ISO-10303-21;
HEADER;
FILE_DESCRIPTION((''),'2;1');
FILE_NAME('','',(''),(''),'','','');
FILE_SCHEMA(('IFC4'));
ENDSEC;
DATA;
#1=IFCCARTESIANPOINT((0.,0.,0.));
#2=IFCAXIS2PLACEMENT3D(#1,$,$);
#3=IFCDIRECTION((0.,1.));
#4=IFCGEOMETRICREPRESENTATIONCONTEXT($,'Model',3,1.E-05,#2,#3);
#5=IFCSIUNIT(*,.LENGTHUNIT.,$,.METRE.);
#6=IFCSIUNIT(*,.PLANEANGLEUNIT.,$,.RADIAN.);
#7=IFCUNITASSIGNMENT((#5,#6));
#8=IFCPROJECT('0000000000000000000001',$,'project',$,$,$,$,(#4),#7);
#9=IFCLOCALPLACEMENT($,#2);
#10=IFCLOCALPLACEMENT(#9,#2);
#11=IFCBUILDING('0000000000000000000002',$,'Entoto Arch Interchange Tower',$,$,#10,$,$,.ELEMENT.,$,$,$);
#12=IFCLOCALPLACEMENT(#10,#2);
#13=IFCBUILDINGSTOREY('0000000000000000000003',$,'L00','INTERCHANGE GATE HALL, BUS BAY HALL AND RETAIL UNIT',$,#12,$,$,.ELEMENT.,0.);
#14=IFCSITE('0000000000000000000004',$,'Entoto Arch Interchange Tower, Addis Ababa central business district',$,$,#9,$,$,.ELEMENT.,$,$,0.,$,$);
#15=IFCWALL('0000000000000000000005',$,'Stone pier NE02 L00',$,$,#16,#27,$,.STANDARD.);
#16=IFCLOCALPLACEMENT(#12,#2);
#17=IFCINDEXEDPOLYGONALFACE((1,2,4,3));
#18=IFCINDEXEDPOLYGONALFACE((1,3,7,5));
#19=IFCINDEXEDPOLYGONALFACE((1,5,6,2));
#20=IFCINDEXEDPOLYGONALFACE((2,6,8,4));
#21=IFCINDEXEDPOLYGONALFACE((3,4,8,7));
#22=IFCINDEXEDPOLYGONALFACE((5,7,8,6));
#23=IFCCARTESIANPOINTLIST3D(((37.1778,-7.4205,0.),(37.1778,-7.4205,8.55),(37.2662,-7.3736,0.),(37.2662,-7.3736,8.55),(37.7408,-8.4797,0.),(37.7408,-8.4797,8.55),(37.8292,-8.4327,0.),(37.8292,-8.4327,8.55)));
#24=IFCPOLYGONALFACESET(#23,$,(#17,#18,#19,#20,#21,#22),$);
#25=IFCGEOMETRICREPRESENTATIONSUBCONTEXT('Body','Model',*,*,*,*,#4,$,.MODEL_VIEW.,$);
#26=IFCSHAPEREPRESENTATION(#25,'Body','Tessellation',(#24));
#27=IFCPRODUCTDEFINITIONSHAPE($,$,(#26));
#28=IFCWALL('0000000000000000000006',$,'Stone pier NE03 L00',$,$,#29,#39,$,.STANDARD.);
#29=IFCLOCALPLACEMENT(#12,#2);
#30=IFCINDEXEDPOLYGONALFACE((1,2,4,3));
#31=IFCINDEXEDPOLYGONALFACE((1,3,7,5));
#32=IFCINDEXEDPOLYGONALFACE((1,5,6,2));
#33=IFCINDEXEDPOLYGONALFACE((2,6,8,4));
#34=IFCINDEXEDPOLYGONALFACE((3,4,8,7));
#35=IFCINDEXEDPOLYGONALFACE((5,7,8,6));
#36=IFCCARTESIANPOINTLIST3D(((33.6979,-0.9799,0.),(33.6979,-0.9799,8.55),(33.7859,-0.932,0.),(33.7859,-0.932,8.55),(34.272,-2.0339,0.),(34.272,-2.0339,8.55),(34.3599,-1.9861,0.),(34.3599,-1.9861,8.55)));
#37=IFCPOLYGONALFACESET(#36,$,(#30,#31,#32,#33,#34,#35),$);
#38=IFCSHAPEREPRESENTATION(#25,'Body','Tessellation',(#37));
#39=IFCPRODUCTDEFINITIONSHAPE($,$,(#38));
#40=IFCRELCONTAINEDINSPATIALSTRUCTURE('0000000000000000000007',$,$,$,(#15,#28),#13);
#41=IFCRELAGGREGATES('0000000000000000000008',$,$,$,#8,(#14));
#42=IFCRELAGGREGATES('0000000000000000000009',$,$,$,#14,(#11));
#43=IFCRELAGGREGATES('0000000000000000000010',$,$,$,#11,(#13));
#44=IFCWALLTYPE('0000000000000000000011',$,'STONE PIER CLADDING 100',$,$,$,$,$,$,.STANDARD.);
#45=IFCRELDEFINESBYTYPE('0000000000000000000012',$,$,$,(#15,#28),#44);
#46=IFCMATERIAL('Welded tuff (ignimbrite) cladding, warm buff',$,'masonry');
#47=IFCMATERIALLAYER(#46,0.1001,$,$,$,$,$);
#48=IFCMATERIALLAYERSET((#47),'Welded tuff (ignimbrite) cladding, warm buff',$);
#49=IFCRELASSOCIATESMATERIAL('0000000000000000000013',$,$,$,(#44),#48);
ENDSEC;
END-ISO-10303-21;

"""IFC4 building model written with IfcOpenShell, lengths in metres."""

from ifc_helpers import new_model, si_unit, direction, frame, frame_2d, origin, place, context, subcontext, project, spatial, rectangle, extrude, material, layer, layer_set, type_object, element, save


model = new_model("IFC4")

# Units and contexts
model_context = context("Model", 3, precision=1e-05, world=origin(), true_north=direction((0.0, 1.0)))
body_context = subcontext(model_context, "Body", "Model", "MODEL_VIEW")
ifc_project = project(units=[si_unit("LENGTHUNIT", "METRE"), si_unit("PLANEANGLEUNIT", "RADIAN")], contexts=[model_context])

# Site, building, storey
site_placement = place(None, origin())
site = spatial("IfcSite", under=ifc_project, at=site_placement, Name="Entoto Arch Interchange Tower, Addis Ababa central business district", CompositionType="ELEMENT", RefElevation=0.0)
building_placement = place(site_placement, origin())
building = spatial("IfcBuilding", under=site, at=building_placement, Name="Entoto Arch Interchange Tower", CompositionType="ELEMENT")
storey_placement = place(building_placement, origin())
storey = spatial("IfcBuildingStorey", under=building, at=storey_placement, Name="L00", Description="INTERCHANGE GATE HALL, BUS BAY HALL AND RETAIL UNIT", CompositionType="ELEMENT", Elevation=0.0)

# Walls
ifc_material_1 = material(Name="Welded tuff (ignimbrite) cladding, warm buff", Category="masonry")
ifc_layer_1 = layer(ifc_material_1, 0.1001)
ifc_layer_set_1 = layer_set([ifc_layer_1], Name="Welded tuff (ignimbrite) cladding, warm buff")
wall_type = type_object("IfcWallType", Name="STONE PIER CLADDING 100", PredefinedType="STANDARD", material=ifc_layer_set_1)
wall_1_placement = place(storey_placement, frame((37.7849, -8.4561, 0.0), z_axis=(0.0, 0.0, 1.0), x_axis=(-0.469383, 0.882994, 0.0)))
element("IfcWall", 1, at=wall_1_placement, inside=storey, type_object=wall_type, Name="Stone pier NE02 L00", PredefinedType="STANDARD", context=body_context, shape_type="SweptSolid", body=[
    extrude(rectangle(XDim=1.1995, YDim=0.1001, at=frame_2d((0.5996, 0.0))), origin(), (0.0, 0.0, 1.0), 8.55),
])
wall_2_placement = place(storey_placement, frame((34.3159, -2.01, 0.0), z_axis=(0.0, 0.0, 1.0), x_axis=(-0.478268, 0.878214, 0.0)))
element("IfcWall", 2, at=wall_2_placement, inside=storey, type_object=wall_type, Name="Stone pier NE03 L00", PredefinedType="STANDARD", context=body_context, shape_type="SweptSolid", body=[
    extrude(rectangle(XDim=1.2002, YDim=0.1001, at=frame_2d((0.6001, 0.0))), origin(), (0.0, 0.0, 1.0), 8.55),
])

save(model, "model.ifc")
